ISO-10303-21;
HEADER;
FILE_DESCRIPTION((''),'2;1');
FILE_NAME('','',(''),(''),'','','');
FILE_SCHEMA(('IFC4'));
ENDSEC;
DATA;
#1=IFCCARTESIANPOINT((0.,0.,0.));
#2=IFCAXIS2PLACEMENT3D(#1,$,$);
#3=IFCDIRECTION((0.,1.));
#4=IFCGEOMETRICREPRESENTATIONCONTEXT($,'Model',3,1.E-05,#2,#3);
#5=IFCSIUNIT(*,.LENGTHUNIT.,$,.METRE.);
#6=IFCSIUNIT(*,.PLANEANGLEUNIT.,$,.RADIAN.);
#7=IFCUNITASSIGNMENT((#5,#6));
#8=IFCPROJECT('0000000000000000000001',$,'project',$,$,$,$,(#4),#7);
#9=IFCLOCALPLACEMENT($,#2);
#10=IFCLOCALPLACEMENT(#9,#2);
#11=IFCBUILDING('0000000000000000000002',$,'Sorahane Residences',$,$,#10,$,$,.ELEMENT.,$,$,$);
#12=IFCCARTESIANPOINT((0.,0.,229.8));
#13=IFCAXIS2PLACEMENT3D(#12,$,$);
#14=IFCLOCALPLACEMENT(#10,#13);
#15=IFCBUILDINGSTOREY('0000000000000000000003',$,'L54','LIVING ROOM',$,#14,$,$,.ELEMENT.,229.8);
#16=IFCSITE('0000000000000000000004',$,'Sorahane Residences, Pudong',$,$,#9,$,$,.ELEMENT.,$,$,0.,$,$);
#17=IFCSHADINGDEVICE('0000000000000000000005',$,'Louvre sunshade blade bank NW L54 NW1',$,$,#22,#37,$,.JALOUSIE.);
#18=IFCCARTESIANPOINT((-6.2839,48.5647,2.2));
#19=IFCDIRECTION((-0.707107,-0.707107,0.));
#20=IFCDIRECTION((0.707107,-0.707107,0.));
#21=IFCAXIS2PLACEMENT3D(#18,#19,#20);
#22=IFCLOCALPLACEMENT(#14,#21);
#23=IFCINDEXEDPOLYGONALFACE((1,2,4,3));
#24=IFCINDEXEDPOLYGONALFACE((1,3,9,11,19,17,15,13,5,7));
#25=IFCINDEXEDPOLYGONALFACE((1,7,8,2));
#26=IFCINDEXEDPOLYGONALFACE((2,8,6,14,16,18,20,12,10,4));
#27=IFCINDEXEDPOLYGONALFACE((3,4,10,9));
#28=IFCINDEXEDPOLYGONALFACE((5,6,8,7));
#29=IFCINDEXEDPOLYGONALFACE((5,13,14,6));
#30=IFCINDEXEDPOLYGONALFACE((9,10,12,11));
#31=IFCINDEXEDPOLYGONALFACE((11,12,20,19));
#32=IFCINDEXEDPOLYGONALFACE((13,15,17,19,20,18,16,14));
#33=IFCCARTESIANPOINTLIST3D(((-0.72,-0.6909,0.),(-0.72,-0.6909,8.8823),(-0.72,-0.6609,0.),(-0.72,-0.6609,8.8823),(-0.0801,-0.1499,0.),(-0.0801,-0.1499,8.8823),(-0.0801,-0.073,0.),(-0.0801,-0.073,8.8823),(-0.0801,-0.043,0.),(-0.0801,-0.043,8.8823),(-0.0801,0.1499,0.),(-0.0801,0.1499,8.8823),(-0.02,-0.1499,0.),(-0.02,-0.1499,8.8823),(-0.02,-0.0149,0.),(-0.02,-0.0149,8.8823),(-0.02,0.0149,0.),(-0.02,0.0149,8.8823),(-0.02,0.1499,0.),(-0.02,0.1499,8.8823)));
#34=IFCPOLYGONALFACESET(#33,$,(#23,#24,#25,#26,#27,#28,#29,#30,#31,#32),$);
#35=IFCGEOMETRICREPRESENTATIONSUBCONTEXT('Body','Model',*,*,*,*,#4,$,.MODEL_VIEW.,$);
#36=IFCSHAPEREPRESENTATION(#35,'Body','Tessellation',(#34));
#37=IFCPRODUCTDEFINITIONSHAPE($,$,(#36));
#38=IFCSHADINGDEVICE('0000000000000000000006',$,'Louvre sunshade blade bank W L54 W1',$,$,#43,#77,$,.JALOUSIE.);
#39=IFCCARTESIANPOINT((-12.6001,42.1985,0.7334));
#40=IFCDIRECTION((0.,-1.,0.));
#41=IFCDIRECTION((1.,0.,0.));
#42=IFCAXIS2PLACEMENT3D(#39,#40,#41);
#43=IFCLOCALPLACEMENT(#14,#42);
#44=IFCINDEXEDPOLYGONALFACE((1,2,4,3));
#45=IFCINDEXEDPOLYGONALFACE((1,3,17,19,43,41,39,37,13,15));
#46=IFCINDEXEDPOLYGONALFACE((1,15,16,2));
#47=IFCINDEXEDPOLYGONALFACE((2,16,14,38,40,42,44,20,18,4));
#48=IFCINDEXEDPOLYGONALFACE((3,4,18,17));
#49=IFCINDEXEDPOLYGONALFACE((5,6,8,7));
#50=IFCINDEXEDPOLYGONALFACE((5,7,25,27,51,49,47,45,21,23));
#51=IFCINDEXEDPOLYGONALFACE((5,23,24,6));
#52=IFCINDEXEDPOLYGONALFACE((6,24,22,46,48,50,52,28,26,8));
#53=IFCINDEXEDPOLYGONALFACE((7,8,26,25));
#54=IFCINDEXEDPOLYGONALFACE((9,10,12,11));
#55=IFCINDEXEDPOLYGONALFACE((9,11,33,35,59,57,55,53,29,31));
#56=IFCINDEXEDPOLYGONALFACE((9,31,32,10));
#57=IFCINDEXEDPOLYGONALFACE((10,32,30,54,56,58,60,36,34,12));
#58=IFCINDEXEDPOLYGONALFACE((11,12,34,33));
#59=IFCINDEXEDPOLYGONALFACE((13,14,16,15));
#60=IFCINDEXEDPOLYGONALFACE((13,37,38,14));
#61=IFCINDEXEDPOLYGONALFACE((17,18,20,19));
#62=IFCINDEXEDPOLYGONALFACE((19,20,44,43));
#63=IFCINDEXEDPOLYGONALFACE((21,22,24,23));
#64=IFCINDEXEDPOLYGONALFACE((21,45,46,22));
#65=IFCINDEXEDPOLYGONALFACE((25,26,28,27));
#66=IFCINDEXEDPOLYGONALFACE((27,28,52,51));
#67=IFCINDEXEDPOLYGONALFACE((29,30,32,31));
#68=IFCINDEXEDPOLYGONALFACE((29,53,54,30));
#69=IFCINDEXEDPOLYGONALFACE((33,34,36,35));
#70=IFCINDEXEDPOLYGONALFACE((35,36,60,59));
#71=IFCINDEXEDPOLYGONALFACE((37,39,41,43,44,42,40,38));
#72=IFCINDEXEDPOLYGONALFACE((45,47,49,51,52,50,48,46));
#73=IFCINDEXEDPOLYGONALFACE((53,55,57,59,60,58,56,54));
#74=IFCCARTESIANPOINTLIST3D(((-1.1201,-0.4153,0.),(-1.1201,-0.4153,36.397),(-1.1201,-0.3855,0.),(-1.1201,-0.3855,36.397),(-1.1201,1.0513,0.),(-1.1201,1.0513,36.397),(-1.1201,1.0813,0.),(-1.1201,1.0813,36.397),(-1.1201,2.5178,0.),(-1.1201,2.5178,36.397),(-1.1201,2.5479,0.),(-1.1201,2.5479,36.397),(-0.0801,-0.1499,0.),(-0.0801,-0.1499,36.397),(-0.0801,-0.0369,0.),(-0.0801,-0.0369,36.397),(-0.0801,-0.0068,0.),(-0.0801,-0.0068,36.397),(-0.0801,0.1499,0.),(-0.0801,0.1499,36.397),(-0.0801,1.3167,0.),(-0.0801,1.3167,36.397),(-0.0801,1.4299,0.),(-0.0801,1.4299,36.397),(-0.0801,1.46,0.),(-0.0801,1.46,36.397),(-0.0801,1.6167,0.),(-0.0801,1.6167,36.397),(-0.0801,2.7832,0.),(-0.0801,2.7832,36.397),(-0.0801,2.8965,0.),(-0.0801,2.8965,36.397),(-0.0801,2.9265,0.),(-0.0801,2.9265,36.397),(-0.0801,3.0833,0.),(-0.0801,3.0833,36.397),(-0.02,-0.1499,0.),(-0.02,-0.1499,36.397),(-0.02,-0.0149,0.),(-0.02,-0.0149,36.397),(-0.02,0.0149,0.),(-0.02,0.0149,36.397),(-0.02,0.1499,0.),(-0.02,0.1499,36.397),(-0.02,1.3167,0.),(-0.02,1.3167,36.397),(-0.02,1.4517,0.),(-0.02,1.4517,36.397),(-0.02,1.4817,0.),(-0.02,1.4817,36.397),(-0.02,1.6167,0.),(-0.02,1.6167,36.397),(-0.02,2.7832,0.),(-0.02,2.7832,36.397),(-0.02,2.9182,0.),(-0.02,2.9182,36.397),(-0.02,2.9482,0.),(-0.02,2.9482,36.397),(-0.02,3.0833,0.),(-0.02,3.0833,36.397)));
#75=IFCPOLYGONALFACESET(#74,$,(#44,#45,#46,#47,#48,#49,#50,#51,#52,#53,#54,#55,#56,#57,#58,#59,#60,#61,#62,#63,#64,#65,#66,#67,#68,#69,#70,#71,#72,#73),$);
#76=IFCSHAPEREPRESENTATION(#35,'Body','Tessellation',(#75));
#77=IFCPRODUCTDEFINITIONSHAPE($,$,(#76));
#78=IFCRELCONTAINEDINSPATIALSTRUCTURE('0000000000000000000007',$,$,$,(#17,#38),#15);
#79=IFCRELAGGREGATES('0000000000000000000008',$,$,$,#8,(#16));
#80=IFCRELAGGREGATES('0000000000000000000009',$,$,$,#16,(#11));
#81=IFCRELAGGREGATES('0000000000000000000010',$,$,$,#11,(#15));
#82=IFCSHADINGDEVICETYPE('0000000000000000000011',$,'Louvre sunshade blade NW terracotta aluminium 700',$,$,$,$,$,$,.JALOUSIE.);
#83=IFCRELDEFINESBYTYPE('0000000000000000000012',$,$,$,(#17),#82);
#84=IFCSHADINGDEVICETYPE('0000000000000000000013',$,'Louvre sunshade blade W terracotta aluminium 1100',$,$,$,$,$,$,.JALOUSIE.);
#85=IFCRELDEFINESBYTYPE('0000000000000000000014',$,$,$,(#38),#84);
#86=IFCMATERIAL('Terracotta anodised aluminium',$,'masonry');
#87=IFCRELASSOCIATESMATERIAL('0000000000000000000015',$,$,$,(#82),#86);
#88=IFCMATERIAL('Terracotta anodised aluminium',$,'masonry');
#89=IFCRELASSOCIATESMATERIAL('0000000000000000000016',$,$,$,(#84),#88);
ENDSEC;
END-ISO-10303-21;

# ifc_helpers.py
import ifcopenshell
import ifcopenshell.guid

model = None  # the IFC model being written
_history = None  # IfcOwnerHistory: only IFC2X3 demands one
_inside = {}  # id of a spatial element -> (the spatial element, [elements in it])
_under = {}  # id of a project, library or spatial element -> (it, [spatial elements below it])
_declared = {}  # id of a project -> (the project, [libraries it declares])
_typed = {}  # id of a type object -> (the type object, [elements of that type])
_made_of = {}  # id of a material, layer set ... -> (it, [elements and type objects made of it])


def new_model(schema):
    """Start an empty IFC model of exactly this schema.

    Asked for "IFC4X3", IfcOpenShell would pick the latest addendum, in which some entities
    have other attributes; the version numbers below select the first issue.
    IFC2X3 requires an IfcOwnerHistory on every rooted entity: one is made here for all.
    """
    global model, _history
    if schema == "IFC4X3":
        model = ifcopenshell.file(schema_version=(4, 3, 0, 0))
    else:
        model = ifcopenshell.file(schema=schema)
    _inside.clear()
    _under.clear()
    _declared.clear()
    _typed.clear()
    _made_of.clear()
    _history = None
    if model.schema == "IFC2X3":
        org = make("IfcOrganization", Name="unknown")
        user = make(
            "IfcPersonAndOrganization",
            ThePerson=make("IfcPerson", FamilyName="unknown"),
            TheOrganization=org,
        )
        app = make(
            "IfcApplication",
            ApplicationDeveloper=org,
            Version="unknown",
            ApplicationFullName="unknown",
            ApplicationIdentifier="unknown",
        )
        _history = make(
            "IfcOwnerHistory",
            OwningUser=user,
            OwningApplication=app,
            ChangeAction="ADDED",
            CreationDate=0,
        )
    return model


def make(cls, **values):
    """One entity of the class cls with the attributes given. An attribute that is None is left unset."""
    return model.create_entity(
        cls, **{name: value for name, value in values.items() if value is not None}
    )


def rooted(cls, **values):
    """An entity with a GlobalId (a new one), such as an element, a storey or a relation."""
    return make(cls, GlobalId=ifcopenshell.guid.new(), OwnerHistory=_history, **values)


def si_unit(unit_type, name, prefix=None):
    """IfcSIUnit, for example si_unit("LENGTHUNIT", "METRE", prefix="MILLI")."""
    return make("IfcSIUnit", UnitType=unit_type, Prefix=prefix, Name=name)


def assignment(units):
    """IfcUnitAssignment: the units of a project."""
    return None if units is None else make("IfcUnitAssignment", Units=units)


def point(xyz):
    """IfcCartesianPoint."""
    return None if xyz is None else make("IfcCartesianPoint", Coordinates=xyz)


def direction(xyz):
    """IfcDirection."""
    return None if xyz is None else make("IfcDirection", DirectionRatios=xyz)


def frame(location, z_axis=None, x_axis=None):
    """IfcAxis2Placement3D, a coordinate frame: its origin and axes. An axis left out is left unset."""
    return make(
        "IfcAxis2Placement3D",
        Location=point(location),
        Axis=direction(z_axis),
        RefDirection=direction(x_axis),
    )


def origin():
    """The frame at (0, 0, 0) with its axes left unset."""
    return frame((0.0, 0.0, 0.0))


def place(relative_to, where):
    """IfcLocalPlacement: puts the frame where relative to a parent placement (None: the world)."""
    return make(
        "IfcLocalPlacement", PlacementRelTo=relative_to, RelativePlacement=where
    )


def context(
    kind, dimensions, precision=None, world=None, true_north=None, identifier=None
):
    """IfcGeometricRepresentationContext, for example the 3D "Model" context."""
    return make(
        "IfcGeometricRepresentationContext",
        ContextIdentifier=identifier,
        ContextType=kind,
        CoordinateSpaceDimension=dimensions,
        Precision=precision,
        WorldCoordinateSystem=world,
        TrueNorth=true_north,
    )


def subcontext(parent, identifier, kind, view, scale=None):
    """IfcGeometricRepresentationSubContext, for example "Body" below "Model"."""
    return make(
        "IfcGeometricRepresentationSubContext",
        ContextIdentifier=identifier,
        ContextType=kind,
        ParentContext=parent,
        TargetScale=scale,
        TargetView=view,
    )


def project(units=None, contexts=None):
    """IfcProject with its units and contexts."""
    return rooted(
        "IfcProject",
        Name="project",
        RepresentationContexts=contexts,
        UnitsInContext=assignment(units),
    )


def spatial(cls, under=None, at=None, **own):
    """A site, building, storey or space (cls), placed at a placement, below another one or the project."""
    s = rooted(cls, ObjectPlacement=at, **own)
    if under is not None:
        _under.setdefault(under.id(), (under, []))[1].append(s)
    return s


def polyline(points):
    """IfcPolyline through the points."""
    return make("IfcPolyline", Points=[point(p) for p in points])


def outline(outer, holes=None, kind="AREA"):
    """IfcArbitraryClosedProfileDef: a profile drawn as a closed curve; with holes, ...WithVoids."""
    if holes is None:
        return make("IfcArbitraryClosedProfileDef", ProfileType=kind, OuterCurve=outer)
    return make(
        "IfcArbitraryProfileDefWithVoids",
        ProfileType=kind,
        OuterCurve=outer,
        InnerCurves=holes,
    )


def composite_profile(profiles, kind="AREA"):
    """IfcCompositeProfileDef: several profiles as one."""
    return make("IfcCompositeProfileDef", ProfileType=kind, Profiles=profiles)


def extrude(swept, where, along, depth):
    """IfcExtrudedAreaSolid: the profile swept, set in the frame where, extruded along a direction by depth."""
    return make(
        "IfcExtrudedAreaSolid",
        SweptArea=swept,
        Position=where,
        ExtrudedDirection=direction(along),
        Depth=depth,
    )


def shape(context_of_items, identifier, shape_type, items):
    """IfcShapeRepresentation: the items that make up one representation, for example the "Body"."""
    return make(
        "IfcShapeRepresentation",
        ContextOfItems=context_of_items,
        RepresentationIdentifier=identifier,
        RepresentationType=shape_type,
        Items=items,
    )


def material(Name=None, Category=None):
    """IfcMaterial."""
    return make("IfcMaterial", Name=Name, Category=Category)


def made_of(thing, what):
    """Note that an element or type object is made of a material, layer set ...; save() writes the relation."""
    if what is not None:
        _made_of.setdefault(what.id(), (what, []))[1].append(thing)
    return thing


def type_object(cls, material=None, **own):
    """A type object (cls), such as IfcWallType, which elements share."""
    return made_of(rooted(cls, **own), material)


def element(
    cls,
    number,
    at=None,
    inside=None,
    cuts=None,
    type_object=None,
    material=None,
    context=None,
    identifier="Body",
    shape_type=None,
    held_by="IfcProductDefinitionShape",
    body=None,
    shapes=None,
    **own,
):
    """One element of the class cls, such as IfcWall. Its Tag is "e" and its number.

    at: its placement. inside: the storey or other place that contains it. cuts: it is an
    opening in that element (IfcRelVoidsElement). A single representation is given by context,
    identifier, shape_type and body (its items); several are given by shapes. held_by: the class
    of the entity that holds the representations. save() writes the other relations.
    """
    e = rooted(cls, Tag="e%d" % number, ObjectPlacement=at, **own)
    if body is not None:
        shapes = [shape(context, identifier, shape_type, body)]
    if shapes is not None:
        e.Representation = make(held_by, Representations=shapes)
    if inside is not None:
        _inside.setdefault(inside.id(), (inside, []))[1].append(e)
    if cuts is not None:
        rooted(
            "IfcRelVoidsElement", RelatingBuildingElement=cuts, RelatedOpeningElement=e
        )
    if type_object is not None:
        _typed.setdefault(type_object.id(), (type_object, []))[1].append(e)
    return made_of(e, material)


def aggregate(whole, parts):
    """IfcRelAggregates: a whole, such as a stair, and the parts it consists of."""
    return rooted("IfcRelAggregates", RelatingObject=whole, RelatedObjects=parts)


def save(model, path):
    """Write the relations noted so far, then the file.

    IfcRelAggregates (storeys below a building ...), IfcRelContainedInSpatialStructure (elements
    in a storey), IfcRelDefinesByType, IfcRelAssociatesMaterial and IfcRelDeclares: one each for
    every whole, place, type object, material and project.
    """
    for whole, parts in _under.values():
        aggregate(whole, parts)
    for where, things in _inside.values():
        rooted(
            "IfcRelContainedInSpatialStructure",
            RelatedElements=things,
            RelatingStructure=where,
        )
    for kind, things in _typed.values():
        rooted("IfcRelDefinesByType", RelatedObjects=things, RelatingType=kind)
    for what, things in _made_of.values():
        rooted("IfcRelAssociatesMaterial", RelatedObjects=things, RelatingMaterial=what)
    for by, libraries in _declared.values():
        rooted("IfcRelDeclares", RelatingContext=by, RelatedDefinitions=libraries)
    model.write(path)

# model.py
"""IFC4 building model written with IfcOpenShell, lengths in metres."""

from ifc_helpers import new_model, si_unit, direction, frame, origin, place, context, subcontext, project, spatial, polyline, outline, composite_profile, extrude, material, type_object, element, save


model = new_model("IFC4")

# Units and contexts
model_context = context("Model", 3, precision=1e-05, world=origin(), true_north=direction((0.0, 1.0)))
body_context = subcontext(model_context, "Body", "Model", "MODEL_VIEW")
ifc_project = project(units=[si_unit("LENGTHUNIT", "METRE"), si_unit("PLANEANGLEUNIT", "RADIAN")], contexts=[model_context])

# Site, building, storey
site_placement = place(None, origin())
site = spatial("IfcSite", under=ifc_project, at=site_placement, Name="Sorahane Residences, Pudong", CompositionType="ELEMENT", RefElevation=0.0)
building_placement = place(site_placement, origin())
building = spatial("IfcBuilding", under=site, at=building_placement, Name="Sorahane Residences", CompositionType="ELEMENT")
storey_placement = place(building_placement, frame((0.0, 0.0, 229.8)))
storey = spatial("IfcBuildingStorey", under=building, at=storey_placement, Name="L54", Description="LIVING ROOM", CompositionType="ELEMENT", Elevation=229.8)

# Shading devices
ifc_material_1 = material(Name="Terracotta anodised aluminium", Category="masonry")
shading_device_type_1 = type_object("IfcShadingDeviceType", Name="Louvre sunshade blade NW terracotta aluminium 700", PredefinedType="JALOUSIE", material=ifc_material_1)
shading_device_1_placement = place(storey_placement, frame((-6.2839, 48.5647, 2.2), z_axis=(-0.707107, -0.707107, 0.0), x_axis=(0.707107, -0.707107, 0.0)))
element("IfcShadingDevice", 1, at=shading_device_1_placement, inside=storey, type_object=shading_device_type_1, Name="Louvre sunshade blade bank NW L54 NW1", PredefinedType="JALOUSIE", context=body_context, shape_type="SweptSolid", body=[
    extrude(outline(polyline([(-0.72, -0.6609), (-0.72, -0.6909), (-0.0801, -0.073), (-0.0801, -0.1499), (-0.02, -0.1499), (-0.02, -0.0149), (-0.02, 0.0149), (-0.02, 0.1499), (-0.0801, 0.1499), (-0.0801, -0.043), (-0.72, -0.6609)])), origin(), (0.0, 0.0, 1.0), 8.8823),
])
ifc_material_2 = material(Name="Terracotta anodised aluminium", Category="masonry")
shading_device_type_2 = type_object("IfcShadingDeviceType", Name="Louvre sunshade blade W terracotta aluminium 1100", PredefinedType="JALOUSIE", material=ifc_material_2)
shading_device_2_placement = place(storey_placement, frame((-12.6001, 42.1985, 0.7334), z_axis=(0.0, -1.0, 0.0), x_axis=(1.0, 0.0, 0.0)))
element("IfcShadingDevice", 2, at=shading_device_2_placement, inside=storey, type_object=shading_device_type_2, Name="Louvre sunshade blade bank W L54 W1", PredefinedType="JALOUSIE", context=body_context, shape_type="SweptSolid", body=[
    extrude(composite_profile([outline(polyline([(-1.1201, -0.3855), (-1.1201, -0.4153), (-0.0801, -0.0369), (-0.0801, -0.1499), (-0.02, -0.1499), (-0.02, -0.0149), (-0.02, 0.0149), (-0.02, 0.1499), (-0.0801, 0.1499), (-0.0801, -0.0068), (-1.1201, -0.3855)])), outline(polyline([(-1.1201, 1.0813), (-1.1201, 1.0513), (-0.0801, 1.4299), (-0.0801, 1.3167), (-0.02, 1.3167), (-0.02, 1.4517), (-0.02, 1.4817), (-0.02, 1.6167), (-0.0801, 1.6167), (-0.0801, 1.46), (-1.1201, 1.0813)])), outline(polyline([(-1.1201, 2.5479), (-1.1201, 2.5178), (-0.0801, 2.8965), (-0.0801, 2.7832), (-0.02, 2.7832), (-0.02, 2.9182), (-0.02, 2.9482), (-0.02, 3.0833), (-0.0801, 3.0833), (-0.0801, 2.9265), (-1.1201, 2.5479)]))]), origin(), (0.0, 0.0, 1.0), 36.397),
])

save(model, "model.ifc")
